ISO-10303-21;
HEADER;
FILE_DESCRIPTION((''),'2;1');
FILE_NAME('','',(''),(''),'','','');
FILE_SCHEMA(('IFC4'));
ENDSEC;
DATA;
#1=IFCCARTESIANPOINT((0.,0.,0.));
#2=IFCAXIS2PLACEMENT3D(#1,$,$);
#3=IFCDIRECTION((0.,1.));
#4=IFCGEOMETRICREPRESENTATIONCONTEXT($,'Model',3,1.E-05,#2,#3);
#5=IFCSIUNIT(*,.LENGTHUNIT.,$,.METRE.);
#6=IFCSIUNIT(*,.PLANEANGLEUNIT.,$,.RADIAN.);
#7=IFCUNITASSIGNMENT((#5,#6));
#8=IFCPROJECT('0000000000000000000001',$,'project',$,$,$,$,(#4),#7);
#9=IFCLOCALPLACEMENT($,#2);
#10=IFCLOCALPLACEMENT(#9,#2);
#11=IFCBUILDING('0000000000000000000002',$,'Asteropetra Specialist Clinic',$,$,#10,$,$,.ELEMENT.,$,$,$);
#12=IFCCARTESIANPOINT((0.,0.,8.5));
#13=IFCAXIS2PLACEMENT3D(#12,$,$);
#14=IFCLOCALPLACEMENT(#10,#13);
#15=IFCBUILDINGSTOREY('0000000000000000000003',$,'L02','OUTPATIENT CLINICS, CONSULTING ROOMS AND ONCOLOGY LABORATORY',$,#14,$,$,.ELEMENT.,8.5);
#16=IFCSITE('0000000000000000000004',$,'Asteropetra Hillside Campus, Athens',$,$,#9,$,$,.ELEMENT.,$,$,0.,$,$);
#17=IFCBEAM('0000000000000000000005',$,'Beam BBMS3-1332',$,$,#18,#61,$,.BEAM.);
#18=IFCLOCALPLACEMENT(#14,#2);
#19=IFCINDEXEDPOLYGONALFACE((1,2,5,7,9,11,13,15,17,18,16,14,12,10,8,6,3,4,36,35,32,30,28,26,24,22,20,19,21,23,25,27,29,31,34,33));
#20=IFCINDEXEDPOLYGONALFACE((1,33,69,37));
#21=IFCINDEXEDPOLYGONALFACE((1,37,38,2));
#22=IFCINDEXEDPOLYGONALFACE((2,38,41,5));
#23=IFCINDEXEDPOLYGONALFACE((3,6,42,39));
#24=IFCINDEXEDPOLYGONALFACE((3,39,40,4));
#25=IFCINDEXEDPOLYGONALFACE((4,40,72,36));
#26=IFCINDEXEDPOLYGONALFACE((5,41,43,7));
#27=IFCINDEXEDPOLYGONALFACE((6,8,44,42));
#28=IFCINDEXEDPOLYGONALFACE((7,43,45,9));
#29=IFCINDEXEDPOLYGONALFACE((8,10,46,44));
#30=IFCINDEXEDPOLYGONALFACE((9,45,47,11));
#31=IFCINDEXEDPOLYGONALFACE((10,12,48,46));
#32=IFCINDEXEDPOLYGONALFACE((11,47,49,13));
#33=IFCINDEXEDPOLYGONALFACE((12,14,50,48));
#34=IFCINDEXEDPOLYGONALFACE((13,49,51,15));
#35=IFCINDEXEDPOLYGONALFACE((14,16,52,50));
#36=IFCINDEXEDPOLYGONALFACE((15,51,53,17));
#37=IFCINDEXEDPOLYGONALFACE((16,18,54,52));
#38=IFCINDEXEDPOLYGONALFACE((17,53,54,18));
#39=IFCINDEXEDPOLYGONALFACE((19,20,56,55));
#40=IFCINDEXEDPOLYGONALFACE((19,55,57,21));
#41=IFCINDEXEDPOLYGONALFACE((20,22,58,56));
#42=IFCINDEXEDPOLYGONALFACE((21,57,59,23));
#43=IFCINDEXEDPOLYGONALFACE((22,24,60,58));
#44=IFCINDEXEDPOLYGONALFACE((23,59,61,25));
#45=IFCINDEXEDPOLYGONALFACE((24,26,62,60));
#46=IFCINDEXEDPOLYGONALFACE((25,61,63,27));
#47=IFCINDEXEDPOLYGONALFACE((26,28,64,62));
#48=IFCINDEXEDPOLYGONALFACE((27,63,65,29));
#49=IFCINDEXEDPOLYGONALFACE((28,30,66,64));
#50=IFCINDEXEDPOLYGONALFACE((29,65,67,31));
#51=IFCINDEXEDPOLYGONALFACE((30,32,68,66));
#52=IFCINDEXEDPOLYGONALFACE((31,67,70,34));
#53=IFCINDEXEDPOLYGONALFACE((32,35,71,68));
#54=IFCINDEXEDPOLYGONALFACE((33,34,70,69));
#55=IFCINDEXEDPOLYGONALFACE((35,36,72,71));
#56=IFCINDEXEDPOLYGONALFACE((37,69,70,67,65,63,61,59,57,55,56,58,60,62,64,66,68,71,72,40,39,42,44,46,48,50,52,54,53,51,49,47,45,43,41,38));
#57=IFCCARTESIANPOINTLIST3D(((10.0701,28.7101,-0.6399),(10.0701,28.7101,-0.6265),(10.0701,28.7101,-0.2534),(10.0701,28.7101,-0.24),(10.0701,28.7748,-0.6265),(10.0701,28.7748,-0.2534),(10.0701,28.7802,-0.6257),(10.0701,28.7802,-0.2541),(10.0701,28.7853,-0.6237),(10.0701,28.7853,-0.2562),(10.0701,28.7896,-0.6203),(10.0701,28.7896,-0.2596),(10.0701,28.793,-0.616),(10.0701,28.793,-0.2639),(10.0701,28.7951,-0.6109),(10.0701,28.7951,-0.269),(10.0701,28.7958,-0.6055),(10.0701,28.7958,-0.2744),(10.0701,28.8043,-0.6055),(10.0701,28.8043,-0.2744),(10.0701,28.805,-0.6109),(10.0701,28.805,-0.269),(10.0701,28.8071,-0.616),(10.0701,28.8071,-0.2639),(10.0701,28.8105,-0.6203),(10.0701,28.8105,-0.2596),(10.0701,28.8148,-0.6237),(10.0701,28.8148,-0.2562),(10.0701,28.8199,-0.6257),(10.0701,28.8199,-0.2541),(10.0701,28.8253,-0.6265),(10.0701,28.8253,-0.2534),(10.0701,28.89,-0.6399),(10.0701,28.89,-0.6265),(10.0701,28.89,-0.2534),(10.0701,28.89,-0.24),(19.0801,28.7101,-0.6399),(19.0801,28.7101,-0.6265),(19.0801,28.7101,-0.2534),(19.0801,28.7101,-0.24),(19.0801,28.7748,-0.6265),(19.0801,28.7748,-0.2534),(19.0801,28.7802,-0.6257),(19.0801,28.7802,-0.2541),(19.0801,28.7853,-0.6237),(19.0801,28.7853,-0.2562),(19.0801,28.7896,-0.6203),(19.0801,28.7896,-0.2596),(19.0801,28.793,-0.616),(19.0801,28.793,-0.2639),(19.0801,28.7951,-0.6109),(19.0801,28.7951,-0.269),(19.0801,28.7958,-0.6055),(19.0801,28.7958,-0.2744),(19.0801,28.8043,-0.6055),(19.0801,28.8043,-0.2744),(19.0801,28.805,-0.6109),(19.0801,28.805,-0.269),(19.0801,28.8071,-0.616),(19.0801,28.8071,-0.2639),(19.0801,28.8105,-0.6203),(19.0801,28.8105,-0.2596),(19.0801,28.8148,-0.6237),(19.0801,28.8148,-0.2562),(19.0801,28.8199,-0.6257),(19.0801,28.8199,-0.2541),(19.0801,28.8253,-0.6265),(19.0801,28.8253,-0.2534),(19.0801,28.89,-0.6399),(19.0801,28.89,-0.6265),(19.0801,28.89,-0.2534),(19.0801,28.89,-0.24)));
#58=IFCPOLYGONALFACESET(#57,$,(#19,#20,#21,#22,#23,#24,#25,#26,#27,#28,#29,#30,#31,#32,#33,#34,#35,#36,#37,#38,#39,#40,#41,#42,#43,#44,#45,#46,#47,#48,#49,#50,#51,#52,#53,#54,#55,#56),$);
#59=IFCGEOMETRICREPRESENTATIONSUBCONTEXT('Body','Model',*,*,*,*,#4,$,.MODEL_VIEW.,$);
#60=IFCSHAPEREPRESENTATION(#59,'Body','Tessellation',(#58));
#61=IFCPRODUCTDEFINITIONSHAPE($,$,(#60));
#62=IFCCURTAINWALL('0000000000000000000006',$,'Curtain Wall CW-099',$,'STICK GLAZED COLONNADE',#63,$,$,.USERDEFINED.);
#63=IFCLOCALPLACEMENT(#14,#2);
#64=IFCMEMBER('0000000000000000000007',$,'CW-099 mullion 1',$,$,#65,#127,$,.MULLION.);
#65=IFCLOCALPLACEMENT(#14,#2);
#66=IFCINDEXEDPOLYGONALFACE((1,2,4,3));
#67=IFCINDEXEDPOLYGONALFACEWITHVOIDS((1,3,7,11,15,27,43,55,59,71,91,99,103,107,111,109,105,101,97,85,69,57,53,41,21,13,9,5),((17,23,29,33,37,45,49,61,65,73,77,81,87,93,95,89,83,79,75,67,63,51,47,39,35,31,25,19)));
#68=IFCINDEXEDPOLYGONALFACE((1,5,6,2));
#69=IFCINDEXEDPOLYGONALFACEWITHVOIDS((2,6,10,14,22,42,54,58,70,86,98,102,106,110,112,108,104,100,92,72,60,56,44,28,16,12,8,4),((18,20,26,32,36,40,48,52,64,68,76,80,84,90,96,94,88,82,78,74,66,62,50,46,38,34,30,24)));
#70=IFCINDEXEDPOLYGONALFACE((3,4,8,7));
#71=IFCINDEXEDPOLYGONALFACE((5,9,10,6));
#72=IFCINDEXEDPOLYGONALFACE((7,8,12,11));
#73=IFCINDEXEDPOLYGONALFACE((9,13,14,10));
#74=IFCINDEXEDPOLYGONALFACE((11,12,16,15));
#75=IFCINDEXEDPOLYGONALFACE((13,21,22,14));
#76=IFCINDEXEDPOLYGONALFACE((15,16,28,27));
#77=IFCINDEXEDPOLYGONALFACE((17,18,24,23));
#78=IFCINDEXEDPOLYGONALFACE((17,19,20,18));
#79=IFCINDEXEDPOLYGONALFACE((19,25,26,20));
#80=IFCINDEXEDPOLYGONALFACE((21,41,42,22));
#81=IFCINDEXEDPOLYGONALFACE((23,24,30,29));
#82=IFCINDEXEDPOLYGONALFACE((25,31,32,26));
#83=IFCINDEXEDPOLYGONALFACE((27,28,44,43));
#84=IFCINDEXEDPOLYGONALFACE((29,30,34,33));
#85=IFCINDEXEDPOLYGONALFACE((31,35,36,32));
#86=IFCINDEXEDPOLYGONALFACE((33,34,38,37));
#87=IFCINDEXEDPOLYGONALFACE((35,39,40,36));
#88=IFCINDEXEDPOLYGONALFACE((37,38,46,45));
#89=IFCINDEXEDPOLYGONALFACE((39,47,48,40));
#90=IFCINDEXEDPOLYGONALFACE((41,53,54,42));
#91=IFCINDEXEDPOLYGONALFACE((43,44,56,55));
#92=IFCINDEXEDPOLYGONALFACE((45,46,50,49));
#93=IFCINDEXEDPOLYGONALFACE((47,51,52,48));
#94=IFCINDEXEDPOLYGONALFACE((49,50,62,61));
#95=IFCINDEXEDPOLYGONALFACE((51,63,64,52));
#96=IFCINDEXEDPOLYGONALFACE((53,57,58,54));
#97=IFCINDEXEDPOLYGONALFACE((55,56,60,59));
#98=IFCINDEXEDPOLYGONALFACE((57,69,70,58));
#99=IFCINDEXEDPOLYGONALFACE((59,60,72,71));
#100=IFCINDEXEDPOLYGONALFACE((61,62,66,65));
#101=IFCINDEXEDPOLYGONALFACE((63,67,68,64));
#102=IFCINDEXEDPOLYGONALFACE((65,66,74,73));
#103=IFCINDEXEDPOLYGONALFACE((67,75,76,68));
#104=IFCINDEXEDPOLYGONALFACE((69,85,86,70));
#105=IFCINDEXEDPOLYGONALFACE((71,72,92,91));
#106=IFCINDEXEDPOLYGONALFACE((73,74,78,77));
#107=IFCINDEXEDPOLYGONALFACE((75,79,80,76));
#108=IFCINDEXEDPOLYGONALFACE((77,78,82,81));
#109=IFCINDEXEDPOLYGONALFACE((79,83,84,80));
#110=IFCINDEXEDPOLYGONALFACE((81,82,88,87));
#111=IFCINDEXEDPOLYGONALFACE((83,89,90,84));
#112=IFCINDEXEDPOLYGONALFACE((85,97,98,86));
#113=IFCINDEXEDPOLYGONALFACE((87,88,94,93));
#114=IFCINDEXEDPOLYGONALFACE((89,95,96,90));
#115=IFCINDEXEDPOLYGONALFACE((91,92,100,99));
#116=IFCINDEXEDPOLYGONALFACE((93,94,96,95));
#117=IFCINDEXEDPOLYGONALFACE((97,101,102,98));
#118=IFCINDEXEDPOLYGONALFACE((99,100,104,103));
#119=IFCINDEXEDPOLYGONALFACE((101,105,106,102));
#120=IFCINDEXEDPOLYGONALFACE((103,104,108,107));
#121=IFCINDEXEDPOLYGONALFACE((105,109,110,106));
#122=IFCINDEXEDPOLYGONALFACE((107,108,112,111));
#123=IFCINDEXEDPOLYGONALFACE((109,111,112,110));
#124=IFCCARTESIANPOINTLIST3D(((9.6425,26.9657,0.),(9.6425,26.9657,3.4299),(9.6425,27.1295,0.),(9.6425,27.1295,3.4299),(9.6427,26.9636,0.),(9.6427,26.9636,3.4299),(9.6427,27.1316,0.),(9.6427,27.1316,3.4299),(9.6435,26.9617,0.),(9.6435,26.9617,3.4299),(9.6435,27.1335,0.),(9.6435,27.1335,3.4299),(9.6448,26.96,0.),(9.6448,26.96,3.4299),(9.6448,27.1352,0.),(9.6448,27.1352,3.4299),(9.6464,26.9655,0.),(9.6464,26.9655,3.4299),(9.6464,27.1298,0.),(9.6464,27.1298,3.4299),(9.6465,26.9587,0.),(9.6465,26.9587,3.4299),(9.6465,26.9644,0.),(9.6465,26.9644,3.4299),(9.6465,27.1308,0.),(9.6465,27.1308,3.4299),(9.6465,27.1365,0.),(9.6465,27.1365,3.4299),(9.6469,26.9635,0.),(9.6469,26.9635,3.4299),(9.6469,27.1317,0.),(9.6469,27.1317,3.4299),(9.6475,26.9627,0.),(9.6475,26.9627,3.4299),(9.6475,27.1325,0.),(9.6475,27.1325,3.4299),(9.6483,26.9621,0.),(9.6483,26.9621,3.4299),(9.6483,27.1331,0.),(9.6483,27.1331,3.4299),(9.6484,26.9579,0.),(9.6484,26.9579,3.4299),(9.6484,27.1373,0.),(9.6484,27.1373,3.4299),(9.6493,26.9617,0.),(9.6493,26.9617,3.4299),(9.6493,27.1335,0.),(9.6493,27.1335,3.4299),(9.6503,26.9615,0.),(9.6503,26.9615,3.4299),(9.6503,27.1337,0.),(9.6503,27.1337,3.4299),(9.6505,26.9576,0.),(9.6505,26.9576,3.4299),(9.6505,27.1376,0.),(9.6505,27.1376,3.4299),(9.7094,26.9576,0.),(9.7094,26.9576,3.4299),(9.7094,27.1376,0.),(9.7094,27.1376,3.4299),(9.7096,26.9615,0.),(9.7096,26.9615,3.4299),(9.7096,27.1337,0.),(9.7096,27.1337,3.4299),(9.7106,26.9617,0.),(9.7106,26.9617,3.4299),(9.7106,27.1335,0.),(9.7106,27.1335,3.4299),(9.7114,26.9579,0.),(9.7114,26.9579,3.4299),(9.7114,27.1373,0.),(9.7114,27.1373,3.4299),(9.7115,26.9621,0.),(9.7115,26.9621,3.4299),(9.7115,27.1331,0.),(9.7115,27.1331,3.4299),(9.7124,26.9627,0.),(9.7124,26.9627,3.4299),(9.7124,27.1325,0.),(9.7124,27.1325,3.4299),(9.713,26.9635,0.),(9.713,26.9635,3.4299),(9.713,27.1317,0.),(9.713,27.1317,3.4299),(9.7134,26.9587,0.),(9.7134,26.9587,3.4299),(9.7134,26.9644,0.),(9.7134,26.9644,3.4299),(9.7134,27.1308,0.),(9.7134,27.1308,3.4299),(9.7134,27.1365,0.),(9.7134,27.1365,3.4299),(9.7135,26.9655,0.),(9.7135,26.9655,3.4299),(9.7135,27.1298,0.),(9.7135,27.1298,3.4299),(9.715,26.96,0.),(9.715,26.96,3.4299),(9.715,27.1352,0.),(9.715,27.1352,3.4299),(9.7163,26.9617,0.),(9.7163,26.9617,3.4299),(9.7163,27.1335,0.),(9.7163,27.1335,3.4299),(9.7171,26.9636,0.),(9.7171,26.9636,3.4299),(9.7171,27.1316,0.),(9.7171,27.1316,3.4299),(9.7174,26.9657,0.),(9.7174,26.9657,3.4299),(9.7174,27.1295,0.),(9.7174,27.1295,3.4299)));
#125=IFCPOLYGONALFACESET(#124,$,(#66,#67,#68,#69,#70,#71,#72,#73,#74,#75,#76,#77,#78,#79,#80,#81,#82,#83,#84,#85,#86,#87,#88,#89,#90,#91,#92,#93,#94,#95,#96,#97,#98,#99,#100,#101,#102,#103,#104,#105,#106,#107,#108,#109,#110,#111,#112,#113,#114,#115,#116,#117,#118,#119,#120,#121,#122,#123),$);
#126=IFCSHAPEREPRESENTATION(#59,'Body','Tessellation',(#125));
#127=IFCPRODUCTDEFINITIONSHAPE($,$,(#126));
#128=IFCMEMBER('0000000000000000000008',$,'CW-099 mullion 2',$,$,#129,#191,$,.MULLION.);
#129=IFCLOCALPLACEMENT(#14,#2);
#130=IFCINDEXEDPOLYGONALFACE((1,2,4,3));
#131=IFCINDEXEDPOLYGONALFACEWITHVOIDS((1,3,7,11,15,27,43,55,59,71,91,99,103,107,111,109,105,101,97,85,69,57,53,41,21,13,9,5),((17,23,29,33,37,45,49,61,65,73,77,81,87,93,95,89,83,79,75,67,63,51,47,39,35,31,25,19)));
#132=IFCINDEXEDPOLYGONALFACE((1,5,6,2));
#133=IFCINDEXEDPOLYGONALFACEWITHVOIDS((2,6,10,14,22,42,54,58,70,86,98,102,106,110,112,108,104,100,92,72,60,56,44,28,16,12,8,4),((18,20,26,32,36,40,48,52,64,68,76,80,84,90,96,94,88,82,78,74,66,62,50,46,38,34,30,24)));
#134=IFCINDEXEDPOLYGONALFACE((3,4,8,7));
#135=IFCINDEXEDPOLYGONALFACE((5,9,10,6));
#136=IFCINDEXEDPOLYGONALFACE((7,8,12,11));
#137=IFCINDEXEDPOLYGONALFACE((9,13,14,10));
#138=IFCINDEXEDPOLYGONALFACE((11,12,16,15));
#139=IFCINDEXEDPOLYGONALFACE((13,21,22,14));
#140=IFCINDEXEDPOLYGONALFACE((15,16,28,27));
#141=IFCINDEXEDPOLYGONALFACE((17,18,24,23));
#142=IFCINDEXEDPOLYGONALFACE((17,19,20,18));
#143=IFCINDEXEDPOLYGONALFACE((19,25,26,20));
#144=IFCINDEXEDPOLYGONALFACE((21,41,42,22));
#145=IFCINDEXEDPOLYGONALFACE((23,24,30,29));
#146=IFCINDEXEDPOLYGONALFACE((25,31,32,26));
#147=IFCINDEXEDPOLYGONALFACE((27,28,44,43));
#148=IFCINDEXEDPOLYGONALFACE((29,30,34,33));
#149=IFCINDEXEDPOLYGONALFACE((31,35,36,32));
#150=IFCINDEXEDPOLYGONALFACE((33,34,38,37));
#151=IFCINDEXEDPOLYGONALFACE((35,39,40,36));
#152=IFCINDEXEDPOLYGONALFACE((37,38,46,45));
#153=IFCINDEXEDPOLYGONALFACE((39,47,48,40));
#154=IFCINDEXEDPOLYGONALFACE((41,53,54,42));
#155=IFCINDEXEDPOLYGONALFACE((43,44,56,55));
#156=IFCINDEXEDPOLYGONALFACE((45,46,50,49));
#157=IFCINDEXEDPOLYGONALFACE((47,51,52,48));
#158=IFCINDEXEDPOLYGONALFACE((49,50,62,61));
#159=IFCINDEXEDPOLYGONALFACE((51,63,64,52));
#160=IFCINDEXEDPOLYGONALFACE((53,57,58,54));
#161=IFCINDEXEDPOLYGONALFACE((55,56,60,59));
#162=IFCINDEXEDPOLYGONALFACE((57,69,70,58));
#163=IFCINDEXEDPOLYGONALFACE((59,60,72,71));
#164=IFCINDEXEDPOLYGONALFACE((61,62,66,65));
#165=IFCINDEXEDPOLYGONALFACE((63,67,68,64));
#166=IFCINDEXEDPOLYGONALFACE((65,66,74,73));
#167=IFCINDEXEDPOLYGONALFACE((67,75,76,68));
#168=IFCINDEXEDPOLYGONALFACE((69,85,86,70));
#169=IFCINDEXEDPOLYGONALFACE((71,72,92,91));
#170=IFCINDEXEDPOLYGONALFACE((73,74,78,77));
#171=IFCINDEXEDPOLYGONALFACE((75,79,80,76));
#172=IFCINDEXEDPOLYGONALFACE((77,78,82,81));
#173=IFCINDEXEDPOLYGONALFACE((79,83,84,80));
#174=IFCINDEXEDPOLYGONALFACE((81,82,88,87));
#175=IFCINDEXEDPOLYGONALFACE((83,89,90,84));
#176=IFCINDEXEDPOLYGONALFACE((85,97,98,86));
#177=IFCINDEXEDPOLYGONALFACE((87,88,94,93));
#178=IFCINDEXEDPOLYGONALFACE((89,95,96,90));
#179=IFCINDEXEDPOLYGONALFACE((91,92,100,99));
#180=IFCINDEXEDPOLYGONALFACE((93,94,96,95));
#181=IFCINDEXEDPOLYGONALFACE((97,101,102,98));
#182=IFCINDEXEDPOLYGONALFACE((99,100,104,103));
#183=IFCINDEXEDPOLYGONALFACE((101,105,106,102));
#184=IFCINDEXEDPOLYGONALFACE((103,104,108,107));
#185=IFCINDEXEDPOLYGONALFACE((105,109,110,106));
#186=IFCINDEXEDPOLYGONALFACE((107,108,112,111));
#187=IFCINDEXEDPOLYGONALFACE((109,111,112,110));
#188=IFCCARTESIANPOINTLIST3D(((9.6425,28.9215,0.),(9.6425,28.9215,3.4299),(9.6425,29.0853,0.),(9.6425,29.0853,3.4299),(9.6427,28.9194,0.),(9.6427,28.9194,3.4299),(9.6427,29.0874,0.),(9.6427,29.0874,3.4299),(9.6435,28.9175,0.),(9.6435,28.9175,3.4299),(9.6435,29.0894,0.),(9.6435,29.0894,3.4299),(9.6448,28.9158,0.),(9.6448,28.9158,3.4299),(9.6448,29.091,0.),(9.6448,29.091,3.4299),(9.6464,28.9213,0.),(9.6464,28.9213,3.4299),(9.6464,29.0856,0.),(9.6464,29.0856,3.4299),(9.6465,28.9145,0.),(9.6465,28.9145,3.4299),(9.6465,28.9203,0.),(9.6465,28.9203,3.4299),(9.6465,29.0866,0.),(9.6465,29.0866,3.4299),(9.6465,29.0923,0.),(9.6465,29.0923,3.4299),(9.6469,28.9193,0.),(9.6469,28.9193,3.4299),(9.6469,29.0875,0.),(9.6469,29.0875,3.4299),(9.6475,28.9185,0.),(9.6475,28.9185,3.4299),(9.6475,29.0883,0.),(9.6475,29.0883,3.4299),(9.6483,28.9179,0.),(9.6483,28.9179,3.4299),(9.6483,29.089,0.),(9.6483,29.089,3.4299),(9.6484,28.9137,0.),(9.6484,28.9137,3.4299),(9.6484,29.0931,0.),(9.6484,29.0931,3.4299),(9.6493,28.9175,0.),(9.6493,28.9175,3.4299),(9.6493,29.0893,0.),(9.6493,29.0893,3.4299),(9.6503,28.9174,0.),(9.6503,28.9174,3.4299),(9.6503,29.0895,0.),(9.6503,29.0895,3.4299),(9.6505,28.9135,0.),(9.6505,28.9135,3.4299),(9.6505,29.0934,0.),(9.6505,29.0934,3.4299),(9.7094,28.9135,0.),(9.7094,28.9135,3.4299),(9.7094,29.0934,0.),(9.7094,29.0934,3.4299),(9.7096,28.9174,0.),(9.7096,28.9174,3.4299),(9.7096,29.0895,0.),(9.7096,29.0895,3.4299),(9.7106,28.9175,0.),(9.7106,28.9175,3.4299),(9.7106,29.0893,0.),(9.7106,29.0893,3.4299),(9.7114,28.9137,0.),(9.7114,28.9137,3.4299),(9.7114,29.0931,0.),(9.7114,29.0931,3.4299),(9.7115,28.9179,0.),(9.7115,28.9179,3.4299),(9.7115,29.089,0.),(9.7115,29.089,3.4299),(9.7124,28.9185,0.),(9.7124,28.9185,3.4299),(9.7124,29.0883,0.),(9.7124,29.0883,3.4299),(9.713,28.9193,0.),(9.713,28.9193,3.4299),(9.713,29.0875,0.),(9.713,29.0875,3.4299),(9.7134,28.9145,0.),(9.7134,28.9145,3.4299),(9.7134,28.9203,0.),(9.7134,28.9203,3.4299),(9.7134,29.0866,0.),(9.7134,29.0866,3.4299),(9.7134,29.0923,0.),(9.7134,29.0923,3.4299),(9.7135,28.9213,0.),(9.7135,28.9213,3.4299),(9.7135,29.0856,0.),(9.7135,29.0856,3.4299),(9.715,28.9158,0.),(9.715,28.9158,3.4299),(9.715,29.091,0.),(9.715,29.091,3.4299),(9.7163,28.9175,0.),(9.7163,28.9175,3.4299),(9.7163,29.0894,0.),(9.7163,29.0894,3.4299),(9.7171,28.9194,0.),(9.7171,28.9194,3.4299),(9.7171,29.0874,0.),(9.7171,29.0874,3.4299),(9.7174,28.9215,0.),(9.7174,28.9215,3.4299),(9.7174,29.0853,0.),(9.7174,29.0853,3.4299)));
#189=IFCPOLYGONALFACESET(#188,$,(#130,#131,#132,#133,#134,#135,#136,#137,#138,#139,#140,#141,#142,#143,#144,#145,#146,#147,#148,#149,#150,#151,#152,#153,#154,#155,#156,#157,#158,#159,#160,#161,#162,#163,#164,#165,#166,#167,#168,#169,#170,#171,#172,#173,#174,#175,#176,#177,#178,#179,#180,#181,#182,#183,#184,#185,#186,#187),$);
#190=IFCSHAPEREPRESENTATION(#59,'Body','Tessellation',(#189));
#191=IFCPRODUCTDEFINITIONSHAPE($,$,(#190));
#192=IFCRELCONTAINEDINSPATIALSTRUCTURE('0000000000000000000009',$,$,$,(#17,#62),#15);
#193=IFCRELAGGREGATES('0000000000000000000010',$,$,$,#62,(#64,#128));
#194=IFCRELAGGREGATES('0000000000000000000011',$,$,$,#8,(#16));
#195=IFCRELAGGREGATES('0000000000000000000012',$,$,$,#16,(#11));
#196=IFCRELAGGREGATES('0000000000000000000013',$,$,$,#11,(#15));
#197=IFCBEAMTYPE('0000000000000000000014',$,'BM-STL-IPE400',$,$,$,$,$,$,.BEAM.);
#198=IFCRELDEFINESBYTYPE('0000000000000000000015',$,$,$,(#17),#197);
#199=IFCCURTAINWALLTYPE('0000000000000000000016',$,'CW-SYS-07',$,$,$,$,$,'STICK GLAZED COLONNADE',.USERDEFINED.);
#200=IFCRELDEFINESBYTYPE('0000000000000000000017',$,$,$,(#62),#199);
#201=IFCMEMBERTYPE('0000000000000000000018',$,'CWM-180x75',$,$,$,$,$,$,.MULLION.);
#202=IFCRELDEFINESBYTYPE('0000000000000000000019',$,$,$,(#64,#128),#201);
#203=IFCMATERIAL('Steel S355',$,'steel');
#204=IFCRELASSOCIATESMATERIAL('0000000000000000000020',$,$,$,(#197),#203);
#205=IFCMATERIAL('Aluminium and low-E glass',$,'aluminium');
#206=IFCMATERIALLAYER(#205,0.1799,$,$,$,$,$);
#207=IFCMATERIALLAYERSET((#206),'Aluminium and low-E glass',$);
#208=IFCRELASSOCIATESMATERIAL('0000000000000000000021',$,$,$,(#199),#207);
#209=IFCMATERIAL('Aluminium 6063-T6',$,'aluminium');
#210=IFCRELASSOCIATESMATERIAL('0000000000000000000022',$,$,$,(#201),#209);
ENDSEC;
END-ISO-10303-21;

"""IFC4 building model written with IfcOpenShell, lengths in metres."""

from ifc_helpers import new_model, si_unit, direction, frame, origin, origin_2d, place, context, subcontext, project, spatial, hollow_rectangle, i_section, extrude, material, layer, layer_set, material_profile, profile_set, type_object, element, aggregate, save


model = new_model("IFC4")

# Units and contexts
model_context = context("Model", 3, precision=1e-05, world=origin(), true_north=direction((0.0, 1.0)))
body_context = subcontext(model_context, "Body", "Model", "MODEL_VIEW")
ifc_project = project(units=[si_unit("LENGTHUNIT", "METRE"), si_unit("PLANEANGLEUNIT", "RADIAN")], contexts=[model_context])

# Site, building, storey
site_placement = place(None, origin())
site = spatial("IfcSite", under=ifc_project, at=site_placement, Name="Asteropetra Hillside Campus, Athens", CompositionType="ELEMENT", RefElevation=0.0)
building_placement = place(site_placement, origin())
building = spatial("IfcBuilding", under=site, at=building_placement, Name="Asteropetra Specialist Clinic", CompositionType="ELEMENT")
storey_placement = place(building_placement, frame((0.0, 0.0, 8.5)))
storey = spatial("IfcBuildingStorey", under=building, at=storey_placement, Name="L02", Description="OUTPATIENT CLINICS, CONSULTING ROOMS AND ONCOLOGY LABORATORY", CompositionType="ELEMENT", Elevation=8.5)

# Beam
ifc_material_1 = material(Name="Steel S355", Category="steel")
ifc_material_profile_1 = material_profile(ifc_material_1, i_section(OverallWidth=0.1799, OverallDepth=0.3999, WebThickness=0.0085, FlangeThickness=0.0134, FilletRadius=0.021, at=origin_2d()), Name="IPE 400")
ifc_profile_set_1 = profile_set([ifc_material_profile_1], Name="Steel S355")
beam_type_1 = type_object("IfcBeamType", Name="BM-STL-IPE400", PredefinedType="BEAM", material=ifc_profile_set_1)
beam_1_placement = place(storey_placement, frame((10.0701, 28.8, -0.4399), z_axis=(1.0, 0.0, 0.0), x_axis=(0.0, 1.0, 0.0)))
element("IfcBeam", 1, at=beam_1_placement, inside=storey, type_object=beam_type_1, Name="Beam BBMS3-1332", PredefinedType="BEAM", context=body_context, shape_type="SweptSolid", body=[
    extrude(i_section(OverallWidth=0.1799, OverallDepth=0.3999, WebThickness=0.0085, FlangeThickness=0.0134, FilletRadius=0.021, at=origin_2d()), origin(), (0.0, 0.0, 1.0), 9.01),
])

# Curtain wall, members
ifc_material_2 = material(Name="Aluminium and low-E glass", Category="aluminium")
ifc_layer_1 = layer(ifc_material_2, 0.1799)
ifc_layer_set_1 = layer_set([ifc_layer_1], Name="Aluminium and low-E glass")
curtain_wall_type = type_object("IfcCurtainWallType", Name="CW-SYS-07", ElementType="STICK GLAZED COLONNADE", PredefinedType="USERDEFINED", material=ifc_layer_set_1)
curtain_wall_placement = place(storey_placement, origin())
curtain_wall = element("IfcCurtainWall", 2, at=curtain_wall_placement, inside=storey, type_object=curtain_wall_type, Name="Curtain Wall CW-099", ObjectType="STICK GLAZED COLONNADE", PredefinedType="USERDEFINED")
ifc_material_3 = material(Name="Aluminium 6063-T6", Category="aluminium")
ifc_material_profile_2 = material_profile(ifc_material_3, hollow_rectangle(XDim=0.075, YDim=0.1799, WallThickness=0.0039, InnerFilletRadius=0.0039, OuterFilletRadius=0.0081, at=origin_2d()), Name="MUL 180x75x4.0")
ifc_profile_set_2 = profile_set([ifc_material_profile_2], Name="Aluminium 6063-T6")
member_type_1 = type_object("IfcMemberType", Name="CWM-180x75", PredefinedType="MULLION", material=ifc_profile_set_2)
member_1_placement = place(storey_placement, frame((9.6799, 27.0476, 0.0), z_axis=(0.0, 0.0, 1.0), x_axis=(-1.0, 0.0, 0.0)))
member_1 = element("IfcMember", 3, at=member_1_placement, type_object=member_type_1, Name="CW-099 mullion 1", PredefinedType="MULLION", context=body_context, shape_type="SweptSolid", body=[
    extrude(hollow_rectangle(XDim=0.075, YDim=0.1799, WallThickness=0.0039, InnerFilletRadius=0.0039, OuterFilletRadius=0.0081, at=origin_2d()), origin(), (0.0, 0.0, 1.0), 3.4299),
])
member_2_placement = place(storey_placement, frame((9.6799, 29.0034, 0.0), z_axis=(0.0, 0.0, 1.0), x_axis=(-1.0, 0.0, 0.0)))
member_2 = element("IfcMember", 4, at=member_2_placement, type_object=member_type_1, Name="CW-099 mullion 2", PredefinedType="MULLION", context=body_context, shape_type="SweptSolid", body=[
    extrude(hollow_rectangle(XDim=0.075, YDim=0.1799, WallThickness=0.0039, InnerFilletRadius=0.0039, OuterFilletRadius=0.0081, at=origin_2d()), origin(), (0.0, 0.0, 1.0), 3.4299),
])

aggregate(curtain_wall, [member_1, member_2])

save(model, "model.ifc")
